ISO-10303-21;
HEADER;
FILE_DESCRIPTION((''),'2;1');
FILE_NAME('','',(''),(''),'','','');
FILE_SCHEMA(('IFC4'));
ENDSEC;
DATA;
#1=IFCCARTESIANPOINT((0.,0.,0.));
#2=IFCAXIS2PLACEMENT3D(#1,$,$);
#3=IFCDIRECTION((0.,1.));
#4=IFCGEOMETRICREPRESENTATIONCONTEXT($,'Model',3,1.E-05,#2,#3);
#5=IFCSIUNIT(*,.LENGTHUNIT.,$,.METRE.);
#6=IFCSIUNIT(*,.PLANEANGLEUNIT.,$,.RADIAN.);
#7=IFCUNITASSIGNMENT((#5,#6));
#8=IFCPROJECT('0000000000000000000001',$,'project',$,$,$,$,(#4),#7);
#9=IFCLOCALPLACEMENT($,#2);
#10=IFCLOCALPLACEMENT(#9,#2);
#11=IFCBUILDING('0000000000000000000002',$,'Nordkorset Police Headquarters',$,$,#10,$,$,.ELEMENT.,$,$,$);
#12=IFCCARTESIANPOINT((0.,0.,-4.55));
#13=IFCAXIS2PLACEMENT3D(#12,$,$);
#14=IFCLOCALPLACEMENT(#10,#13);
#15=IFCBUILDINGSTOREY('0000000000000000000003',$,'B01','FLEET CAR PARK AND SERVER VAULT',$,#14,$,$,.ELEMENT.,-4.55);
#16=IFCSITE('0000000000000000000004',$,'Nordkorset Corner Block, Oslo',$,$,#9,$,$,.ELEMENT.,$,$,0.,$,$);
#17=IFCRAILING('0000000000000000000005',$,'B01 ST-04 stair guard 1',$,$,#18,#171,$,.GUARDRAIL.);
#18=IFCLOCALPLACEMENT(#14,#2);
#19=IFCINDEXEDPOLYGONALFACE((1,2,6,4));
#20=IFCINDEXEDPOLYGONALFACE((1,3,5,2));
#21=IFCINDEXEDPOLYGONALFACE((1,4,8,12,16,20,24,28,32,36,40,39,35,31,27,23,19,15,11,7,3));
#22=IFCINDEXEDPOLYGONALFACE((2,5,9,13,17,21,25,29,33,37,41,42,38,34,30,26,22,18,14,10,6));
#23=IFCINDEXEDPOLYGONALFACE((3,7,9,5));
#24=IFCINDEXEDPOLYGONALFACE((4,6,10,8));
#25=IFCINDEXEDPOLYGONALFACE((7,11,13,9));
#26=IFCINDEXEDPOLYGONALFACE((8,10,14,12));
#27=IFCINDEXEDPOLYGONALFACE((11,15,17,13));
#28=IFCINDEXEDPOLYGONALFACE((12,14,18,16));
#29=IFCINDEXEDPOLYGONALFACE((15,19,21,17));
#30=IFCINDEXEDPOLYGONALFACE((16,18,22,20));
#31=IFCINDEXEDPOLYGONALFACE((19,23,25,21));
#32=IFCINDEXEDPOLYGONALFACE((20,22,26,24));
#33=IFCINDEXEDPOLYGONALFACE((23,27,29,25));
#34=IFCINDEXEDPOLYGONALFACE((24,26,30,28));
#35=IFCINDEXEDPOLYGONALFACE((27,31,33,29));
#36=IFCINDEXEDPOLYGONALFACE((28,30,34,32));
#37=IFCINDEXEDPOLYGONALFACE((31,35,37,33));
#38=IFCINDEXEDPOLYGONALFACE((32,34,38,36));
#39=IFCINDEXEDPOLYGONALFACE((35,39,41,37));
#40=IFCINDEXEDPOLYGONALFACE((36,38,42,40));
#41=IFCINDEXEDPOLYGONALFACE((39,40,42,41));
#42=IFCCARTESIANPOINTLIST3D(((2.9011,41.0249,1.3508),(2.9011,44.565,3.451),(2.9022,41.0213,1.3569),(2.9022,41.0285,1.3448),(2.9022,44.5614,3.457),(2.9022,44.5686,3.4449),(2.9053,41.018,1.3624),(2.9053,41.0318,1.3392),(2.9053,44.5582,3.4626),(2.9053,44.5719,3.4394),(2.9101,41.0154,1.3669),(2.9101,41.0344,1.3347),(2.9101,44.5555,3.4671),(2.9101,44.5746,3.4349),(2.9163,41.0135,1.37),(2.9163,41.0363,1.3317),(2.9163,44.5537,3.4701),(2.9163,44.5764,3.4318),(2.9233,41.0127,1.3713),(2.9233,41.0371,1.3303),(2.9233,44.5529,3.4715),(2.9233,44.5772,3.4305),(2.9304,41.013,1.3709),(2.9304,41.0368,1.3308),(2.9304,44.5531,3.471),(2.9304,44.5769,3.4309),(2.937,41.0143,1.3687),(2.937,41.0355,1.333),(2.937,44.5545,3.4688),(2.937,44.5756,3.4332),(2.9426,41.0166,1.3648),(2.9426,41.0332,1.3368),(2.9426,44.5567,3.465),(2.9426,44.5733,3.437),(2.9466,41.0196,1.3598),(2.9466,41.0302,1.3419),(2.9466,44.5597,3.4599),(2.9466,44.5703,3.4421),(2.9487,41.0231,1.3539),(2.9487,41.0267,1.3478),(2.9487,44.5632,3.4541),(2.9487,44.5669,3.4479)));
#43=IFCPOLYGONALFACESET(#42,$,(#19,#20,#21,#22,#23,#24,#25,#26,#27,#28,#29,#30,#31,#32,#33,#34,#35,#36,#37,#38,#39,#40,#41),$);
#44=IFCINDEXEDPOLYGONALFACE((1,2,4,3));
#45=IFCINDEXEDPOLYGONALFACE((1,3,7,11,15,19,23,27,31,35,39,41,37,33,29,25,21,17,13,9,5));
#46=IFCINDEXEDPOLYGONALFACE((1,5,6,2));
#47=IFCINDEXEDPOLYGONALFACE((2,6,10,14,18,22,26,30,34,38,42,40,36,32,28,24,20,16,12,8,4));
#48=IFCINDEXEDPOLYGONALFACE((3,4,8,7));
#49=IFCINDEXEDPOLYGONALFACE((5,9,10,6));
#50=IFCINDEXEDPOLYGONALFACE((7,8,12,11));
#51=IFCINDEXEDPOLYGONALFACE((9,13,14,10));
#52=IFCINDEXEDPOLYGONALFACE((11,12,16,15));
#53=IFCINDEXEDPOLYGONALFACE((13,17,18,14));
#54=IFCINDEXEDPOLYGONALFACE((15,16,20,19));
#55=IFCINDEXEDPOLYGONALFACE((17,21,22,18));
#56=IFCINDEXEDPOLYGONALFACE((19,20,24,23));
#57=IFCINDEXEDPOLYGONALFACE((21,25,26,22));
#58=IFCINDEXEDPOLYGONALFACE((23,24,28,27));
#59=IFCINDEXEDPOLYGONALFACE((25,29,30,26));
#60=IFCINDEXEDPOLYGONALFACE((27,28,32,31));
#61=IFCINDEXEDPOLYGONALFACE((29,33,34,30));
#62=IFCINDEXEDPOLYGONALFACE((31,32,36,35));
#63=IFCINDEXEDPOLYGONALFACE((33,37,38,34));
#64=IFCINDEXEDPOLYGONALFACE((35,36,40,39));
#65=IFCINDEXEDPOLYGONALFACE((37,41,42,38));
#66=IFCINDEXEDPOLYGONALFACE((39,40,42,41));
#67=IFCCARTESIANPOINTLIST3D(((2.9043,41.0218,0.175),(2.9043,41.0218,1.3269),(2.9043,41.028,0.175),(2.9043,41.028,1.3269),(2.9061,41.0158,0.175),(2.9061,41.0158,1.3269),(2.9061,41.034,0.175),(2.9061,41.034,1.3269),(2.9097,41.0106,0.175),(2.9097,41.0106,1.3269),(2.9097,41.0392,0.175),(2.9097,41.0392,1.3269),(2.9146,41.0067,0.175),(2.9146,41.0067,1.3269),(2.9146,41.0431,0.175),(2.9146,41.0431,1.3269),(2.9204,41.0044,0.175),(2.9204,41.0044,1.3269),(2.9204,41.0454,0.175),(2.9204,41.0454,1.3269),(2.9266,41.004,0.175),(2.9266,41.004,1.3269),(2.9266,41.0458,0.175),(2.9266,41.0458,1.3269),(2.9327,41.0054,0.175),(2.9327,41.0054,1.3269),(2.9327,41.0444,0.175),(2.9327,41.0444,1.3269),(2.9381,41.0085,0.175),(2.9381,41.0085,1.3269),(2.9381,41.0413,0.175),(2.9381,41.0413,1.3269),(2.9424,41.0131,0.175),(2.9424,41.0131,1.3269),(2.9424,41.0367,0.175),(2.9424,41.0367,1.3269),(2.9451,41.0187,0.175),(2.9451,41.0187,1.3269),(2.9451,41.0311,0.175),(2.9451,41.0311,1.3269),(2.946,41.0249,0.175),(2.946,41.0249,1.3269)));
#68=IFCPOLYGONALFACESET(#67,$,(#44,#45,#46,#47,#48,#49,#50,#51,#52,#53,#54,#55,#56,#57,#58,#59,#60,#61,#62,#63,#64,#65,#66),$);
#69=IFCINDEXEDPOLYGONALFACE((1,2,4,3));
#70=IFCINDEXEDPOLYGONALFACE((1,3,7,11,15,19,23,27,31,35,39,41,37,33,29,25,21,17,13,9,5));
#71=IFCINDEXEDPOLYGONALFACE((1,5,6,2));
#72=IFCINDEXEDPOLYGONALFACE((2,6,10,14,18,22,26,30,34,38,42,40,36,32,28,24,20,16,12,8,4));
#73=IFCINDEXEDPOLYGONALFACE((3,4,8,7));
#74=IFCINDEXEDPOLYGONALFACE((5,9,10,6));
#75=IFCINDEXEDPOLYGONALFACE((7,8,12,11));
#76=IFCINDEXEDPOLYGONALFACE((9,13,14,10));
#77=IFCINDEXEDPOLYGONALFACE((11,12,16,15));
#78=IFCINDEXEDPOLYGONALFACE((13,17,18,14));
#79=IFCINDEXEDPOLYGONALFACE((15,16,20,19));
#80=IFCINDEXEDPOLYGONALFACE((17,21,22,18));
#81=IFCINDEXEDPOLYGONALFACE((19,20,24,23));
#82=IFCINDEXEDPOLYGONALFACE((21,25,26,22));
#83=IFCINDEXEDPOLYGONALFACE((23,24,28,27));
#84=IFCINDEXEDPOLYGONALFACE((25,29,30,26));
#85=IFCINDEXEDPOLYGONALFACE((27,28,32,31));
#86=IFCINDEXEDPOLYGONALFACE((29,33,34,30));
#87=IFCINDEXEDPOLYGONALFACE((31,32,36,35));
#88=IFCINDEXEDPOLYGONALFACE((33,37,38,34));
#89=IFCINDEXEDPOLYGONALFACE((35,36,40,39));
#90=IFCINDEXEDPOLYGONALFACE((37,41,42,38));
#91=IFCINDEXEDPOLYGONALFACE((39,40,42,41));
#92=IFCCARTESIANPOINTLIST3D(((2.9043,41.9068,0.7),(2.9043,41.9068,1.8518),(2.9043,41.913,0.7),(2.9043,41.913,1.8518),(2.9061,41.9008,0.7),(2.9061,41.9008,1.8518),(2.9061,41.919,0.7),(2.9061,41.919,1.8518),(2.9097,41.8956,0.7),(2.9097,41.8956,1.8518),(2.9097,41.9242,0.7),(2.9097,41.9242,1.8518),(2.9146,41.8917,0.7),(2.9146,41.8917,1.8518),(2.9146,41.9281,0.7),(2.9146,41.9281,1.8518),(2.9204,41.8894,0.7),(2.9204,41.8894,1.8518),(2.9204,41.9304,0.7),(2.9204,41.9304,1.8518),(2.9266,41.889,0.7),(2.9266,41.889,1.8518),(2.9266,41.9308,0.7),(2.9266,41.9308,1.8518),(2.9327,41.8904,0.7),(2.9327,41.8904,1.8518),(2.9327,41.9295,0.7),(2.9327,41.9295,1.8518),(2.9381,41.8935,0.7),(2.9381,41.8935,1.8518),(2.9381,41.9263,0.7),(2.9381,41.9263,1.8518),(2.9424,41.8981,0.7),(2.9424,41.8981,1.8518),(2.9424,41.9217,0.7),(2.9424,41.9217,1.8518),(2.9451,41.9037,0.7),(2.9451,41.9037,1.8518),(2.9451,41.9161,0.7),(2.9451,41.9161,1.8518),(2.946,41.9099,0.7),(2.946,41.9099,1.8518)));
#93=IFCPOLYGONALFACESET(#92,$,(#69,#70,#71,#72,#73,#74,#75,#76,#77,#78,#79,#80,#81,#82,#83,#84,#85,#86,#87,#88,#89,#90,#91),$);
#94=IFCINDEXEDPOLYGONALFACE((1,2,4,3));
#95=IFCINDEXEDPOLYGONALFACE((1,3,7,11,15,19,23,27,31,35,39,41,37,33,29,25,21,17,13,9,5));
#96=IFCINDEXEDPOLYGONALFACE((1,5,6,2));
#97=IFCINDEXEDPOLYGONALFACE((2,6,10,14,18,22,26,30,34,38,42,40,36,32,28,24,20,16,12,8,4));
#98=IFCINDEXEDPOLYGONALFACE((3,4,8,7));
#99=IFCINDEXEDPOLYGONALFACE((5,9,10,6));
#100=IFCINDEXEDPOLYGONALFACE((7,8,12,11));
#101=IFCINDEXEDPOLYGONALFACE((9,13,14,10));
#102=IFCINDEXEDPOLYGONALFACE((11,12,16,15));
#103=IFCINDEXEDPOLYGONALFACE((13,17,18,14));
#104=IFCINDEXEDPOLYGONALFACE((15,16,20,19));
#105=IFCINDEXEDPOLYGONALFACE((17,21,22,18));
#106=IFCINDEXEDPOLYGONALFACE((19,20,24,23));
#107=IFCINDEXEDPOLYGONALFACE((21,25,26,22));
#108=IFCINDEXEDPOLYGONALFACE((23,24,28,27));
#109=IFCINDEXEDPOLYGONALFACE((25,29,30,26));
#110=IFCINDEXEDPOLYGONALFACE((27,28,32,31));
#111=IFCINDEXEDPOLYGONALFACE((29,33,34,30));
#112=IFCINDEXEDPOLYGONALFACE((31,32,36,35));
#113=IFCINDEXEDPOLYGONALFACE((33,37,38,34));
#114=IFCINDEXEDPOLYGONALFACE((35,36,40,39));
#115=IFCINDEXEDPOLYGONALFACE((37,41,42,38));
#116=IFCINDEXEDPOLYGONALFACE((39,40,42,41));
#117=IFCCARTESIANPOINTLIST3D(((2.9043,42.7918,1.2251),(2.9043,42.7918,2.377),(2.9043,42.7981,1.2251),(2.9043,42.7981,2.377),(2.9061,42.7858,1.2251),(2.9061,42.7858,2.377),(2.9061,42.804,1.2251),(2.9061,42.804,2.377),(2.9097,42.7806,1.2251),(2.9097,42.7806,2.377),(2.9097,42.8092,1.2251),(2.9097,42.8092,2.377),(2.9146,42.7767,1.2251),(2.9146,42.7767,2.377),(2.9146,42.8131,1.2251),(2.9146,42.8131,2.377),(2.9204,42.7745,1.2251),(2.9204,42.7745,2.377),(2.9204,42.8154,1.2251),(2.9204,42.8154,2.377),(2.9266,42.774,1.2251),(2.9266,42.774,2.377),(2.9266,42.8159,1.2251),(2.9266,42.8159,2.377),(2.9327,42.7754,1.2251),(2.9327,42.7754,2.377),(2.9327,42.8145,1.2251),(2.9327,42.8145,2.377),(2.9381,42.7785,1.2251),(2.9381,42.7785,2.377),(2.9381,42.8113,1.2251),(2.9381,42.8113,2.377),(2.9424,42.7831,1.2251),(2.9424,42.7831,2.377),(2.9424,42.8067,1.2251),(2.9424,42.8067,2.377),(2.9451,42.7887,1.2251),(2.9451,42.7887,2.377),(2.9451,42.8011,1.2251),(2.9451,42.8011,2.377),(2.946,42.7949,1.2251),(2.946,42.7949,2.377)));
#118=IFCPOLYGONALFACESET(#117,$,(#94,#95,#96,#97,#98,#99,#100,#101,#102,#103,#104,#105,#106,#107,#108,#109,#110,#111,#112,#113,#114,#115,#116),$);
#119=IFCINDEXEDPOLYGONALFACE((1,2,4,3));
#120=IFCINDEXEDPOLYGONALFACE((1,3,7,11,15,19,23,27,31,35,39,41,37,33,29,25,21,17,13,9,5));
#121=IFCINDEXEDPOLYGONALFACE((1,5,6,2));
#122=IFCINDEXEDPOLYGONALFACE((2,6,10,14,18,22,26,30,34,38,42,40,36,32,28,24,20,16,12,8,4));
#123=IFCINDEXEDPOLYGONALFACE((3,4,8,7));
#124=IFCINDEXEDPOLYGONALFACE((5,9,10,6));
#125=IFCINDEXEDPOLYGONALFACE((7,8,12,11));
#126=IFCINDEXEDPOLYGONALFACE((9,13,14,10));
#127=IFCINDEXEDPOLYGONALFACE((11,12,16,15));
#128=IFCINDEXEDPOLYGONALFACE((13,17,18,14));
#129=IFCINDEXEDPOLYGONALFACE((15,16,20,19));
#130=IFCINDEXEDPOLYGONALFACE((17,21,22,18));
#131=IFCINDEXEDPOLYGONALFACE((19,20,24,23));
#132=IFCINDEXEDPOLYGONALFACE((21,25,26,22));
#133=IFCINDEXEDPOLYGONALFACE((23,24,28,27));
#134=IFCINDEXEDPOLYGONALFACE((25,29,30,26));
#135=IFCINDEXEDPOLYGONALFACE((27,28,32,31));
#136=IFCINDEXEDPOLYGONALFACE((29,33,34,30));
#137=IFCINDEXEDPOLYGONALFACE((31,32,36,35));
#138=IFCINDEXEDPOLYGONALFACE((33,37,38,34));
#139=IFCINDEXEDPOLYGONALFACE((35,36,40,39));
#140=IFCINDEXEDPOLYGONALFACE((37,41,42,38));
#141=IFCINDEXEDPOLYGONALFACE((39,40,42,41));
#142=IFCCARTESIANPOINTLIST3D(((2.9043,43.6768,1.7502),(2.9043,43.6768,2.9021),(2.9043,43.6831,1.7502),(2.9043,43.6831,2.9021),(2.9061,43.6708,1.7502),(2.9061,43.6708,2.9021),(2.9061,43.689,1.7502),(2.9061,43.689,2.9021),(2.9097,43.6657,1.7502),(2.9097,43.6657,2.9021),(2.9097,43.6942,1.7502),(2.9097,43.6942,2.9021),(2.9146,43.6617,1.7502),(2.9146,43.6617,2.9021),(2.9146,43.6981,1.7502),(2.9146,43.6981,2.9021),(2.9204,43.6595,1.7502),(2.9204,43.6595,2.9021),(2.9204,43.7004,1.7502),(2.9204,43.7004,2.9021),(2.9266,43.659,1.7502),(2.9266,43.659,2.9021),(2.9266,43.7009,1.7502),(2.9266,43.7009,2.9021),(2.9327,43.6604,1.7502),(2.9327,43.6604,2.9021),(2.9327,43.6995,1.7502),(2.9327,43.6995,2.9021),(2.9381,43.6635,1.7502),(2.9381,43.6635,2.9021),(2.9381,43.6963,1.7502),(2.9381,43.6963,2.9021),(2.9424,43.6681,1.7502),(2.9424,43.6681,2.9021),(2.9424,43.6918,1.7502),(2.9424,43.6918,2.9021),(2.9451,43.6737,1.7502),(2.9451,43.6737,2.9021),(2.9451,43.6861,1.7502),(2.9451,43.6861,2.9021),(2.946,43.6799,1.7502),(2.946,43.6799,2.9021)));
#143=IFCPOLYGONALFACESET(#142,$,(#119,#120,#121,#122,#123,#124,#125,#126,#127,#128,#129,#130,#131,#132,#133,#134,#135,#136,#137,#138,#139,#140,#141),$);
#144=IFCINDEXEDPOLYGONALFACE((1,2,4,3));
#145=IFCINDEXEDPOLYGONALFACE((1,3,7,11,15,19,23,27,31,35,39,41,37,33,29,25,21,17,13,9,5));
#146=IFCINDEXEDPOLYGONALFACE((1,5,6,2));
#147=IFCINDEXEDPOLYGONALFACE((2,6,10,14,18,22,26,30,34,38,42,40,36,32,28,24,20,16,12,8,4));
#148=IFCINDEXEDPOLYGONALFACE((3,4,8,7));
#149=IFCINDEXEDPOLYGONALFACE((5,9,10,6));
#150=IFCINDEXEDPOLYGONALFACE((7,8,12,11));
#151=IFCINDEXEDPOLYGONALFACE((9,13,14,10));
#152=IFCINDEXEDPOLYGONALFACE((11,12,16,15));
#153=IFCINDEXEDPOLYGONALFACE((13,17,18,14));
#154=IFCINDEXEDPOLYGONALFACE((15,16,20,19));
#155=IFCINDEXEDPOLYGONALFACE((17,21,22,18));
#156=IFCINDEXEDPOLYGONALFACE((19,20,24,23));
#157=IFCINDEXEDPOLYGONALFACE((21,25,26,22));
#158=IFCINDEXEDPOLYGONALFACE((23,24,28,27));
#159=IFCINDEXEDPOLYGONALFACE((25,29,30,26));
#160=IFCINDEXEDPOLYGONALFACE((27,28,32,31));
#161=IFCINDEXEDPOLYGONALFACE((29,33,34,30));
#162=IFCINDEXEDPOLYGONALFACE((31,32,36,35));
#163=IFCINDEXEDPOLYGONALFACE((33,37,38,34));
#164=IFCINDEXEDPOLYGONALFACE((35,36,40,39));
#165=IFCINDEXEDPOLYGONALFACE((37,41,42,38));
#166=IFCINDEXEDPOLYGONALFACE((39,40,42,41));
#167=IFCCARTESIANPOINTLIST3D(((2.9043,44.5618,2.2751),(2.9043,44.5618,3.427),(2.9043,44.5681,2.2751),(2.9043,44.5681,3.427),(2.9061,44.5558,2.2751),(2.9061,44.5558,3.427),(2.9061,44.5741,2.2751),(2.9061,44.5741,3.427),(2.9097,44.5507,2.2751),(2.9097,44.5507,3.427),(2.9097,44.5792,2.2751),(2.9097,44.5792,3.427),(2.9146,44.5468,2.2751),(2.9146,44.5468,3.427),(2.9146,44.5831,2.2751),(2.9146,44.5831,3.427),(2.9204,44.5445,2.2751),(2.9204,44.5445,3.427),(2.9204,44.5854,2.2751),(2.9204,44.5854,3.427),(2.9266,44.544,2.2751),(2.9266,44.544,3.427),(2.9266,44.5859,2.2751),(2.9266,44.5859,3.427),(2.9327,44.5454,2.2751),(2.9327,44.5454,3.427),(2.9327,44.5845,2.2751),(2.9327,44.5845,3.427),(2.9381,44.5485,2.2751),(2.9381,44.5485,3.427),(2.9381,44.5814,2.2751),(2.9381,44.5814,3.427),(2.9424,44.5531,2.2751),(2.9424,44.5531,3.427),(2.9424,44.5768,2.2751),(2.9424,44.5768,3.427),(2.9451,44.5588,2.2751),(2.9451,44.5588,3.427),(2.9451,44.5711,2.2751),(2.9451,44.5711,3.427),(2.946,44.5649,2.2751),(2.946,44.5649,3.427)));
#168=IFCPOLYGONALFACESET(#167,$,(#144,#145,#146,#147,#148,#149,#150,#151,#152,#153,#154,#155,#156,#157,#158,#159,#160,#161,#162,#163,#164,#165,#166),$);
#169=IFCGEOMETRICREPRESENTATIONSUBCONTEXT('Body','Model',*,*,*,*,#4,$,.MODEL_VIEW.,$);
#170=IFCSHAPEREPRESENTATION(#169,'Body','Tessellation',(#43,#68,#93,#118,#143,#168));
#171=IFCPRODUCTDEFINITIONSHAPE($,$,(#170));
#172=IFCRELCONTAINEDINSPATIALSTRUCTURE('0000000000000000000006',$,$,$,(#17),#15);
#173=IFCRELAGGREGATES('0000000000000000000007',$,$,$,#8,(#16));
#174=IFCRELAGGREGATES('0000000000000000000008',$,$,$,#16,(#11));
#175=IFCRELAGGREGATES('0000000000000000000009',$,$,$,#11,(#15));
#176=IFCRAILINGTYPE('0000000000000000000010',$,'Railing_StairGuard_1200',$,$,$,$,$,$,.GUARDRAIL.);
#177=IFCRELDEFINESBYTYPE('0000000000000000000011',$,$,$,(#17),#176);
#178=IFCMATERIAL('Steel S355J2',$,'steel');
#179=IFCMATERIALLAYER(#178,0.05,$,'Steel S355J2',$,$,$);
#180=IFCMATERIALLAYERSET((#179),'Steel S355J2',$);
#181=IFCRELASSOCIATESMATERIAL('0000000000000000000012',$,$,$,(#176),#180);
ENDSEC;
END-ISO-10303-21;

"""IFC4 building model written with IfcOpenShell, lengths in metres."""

from ifc_helpers import new_model, si_unit, direction, frame, origin, origin_2d, place, context, subcontext, project, spatial, circle, extrude, material, layer, layer_set, type_object, element, save


model = new_model("IFC4")

# Units and contexts
model_context = context("Model", 3, precision=1e-05, world=origin(), true_north=direction((0.0, 1.0)))
body_context = subcontext(model_context, "Body", "Model", "MODEL_VIEW")
ifc_project = project(units=[si_unit("LENGTHUNIT", "METRE"), si_unit("PLANEANGLEUNIT", "RADIAN")], contexts=[model_context])

# Site, building, storey
site_placement = place(None, origin())
site = spatial("IfcSite", under=ifc_project, at=site_placement, Name="Nordkorset Corner Block, Oslo", CompositionType="ELEMENT", RefElevation=0.0)
building_placement = place(site_placement, origin())
building = spatial("IfcBuilding", under=site, at=building_placement, Name="Nordkorset Police Headquarters", CompositionType="ELEMENT")
storey_placement = place(building_placement, frame((0.0, 0.0, -4.55)))
storey = spatial("IfcBuildingStorey", under=building, at=storey_placement, Name="B01", Description="FLEET CAR PARK AND SERVER VAULT", CompositionType="ELEMENT", Elevation=-4.55)

# Railing
ifc_material_1 = material(Name="Steel S355J2", Category="steel")
ifc_layer_1 = layer(ifc_material_1, 0.05, Name="Steel S355J2")
ifc_layer_set_1 = layer_set([ifc_layer_1], Name="Steel S355J2")
railing_type_1 = type_object("IfcRailingType", Name="Railing_StairGuard_1200", PredefinedType="GUARDRAIL", material=ifc_layer_set_1)
railing_1_placement = place(storey_placement, frame((2.925, 41.0249, 0.175)))
element("IfcRailing", 1, at=railing_1_placement, inside=storey, type_object=railing_type_1, Name="B01 ST-04 stair guard 1", PredefinedType="GUARDRAIL", context=body_context, shape_type="SweptSolid", body=[
    extrude(circle(Radius=0.0239, at=origin_2d()), frame((0.0, 0.0, 1.1758), z_axis=(0.0, 0.860047, 0.510215), x_axis=(-1.0, 0.0, 0.0)), (0.0, 0.0, 1.0), 4.1162),
    extrude(circle(Radius=0.021, at=origin_2d()), origin(), (0.0, 0.0, 1.0), 1.1519),
    extrude(circle(Radius=0.021, at=origin_2d()), frame((0.0, 0.885, 0.5249)), (0.0, 0.0, 1.0), 1.1519),
    extrude(circle(Radius=0.021, at=origin_2d()), frame((0.0, 1.77, 1.05)), (0.0, 0.0, 1.0), 1.1519),
    extrude(circle(Radius=0.021, at=origin_2d()), frame((0.0, 2.655, 1.5752)), (0.0, 0.0, 1.0), 1.1519),
    extrude(circle(Radius=0.021, at=origin_2d()), frame((0.0, 3.54, 2.1001)), (0.0, 0.0, 1.0), 1.1519),
])

save(model, "model.ifc")
